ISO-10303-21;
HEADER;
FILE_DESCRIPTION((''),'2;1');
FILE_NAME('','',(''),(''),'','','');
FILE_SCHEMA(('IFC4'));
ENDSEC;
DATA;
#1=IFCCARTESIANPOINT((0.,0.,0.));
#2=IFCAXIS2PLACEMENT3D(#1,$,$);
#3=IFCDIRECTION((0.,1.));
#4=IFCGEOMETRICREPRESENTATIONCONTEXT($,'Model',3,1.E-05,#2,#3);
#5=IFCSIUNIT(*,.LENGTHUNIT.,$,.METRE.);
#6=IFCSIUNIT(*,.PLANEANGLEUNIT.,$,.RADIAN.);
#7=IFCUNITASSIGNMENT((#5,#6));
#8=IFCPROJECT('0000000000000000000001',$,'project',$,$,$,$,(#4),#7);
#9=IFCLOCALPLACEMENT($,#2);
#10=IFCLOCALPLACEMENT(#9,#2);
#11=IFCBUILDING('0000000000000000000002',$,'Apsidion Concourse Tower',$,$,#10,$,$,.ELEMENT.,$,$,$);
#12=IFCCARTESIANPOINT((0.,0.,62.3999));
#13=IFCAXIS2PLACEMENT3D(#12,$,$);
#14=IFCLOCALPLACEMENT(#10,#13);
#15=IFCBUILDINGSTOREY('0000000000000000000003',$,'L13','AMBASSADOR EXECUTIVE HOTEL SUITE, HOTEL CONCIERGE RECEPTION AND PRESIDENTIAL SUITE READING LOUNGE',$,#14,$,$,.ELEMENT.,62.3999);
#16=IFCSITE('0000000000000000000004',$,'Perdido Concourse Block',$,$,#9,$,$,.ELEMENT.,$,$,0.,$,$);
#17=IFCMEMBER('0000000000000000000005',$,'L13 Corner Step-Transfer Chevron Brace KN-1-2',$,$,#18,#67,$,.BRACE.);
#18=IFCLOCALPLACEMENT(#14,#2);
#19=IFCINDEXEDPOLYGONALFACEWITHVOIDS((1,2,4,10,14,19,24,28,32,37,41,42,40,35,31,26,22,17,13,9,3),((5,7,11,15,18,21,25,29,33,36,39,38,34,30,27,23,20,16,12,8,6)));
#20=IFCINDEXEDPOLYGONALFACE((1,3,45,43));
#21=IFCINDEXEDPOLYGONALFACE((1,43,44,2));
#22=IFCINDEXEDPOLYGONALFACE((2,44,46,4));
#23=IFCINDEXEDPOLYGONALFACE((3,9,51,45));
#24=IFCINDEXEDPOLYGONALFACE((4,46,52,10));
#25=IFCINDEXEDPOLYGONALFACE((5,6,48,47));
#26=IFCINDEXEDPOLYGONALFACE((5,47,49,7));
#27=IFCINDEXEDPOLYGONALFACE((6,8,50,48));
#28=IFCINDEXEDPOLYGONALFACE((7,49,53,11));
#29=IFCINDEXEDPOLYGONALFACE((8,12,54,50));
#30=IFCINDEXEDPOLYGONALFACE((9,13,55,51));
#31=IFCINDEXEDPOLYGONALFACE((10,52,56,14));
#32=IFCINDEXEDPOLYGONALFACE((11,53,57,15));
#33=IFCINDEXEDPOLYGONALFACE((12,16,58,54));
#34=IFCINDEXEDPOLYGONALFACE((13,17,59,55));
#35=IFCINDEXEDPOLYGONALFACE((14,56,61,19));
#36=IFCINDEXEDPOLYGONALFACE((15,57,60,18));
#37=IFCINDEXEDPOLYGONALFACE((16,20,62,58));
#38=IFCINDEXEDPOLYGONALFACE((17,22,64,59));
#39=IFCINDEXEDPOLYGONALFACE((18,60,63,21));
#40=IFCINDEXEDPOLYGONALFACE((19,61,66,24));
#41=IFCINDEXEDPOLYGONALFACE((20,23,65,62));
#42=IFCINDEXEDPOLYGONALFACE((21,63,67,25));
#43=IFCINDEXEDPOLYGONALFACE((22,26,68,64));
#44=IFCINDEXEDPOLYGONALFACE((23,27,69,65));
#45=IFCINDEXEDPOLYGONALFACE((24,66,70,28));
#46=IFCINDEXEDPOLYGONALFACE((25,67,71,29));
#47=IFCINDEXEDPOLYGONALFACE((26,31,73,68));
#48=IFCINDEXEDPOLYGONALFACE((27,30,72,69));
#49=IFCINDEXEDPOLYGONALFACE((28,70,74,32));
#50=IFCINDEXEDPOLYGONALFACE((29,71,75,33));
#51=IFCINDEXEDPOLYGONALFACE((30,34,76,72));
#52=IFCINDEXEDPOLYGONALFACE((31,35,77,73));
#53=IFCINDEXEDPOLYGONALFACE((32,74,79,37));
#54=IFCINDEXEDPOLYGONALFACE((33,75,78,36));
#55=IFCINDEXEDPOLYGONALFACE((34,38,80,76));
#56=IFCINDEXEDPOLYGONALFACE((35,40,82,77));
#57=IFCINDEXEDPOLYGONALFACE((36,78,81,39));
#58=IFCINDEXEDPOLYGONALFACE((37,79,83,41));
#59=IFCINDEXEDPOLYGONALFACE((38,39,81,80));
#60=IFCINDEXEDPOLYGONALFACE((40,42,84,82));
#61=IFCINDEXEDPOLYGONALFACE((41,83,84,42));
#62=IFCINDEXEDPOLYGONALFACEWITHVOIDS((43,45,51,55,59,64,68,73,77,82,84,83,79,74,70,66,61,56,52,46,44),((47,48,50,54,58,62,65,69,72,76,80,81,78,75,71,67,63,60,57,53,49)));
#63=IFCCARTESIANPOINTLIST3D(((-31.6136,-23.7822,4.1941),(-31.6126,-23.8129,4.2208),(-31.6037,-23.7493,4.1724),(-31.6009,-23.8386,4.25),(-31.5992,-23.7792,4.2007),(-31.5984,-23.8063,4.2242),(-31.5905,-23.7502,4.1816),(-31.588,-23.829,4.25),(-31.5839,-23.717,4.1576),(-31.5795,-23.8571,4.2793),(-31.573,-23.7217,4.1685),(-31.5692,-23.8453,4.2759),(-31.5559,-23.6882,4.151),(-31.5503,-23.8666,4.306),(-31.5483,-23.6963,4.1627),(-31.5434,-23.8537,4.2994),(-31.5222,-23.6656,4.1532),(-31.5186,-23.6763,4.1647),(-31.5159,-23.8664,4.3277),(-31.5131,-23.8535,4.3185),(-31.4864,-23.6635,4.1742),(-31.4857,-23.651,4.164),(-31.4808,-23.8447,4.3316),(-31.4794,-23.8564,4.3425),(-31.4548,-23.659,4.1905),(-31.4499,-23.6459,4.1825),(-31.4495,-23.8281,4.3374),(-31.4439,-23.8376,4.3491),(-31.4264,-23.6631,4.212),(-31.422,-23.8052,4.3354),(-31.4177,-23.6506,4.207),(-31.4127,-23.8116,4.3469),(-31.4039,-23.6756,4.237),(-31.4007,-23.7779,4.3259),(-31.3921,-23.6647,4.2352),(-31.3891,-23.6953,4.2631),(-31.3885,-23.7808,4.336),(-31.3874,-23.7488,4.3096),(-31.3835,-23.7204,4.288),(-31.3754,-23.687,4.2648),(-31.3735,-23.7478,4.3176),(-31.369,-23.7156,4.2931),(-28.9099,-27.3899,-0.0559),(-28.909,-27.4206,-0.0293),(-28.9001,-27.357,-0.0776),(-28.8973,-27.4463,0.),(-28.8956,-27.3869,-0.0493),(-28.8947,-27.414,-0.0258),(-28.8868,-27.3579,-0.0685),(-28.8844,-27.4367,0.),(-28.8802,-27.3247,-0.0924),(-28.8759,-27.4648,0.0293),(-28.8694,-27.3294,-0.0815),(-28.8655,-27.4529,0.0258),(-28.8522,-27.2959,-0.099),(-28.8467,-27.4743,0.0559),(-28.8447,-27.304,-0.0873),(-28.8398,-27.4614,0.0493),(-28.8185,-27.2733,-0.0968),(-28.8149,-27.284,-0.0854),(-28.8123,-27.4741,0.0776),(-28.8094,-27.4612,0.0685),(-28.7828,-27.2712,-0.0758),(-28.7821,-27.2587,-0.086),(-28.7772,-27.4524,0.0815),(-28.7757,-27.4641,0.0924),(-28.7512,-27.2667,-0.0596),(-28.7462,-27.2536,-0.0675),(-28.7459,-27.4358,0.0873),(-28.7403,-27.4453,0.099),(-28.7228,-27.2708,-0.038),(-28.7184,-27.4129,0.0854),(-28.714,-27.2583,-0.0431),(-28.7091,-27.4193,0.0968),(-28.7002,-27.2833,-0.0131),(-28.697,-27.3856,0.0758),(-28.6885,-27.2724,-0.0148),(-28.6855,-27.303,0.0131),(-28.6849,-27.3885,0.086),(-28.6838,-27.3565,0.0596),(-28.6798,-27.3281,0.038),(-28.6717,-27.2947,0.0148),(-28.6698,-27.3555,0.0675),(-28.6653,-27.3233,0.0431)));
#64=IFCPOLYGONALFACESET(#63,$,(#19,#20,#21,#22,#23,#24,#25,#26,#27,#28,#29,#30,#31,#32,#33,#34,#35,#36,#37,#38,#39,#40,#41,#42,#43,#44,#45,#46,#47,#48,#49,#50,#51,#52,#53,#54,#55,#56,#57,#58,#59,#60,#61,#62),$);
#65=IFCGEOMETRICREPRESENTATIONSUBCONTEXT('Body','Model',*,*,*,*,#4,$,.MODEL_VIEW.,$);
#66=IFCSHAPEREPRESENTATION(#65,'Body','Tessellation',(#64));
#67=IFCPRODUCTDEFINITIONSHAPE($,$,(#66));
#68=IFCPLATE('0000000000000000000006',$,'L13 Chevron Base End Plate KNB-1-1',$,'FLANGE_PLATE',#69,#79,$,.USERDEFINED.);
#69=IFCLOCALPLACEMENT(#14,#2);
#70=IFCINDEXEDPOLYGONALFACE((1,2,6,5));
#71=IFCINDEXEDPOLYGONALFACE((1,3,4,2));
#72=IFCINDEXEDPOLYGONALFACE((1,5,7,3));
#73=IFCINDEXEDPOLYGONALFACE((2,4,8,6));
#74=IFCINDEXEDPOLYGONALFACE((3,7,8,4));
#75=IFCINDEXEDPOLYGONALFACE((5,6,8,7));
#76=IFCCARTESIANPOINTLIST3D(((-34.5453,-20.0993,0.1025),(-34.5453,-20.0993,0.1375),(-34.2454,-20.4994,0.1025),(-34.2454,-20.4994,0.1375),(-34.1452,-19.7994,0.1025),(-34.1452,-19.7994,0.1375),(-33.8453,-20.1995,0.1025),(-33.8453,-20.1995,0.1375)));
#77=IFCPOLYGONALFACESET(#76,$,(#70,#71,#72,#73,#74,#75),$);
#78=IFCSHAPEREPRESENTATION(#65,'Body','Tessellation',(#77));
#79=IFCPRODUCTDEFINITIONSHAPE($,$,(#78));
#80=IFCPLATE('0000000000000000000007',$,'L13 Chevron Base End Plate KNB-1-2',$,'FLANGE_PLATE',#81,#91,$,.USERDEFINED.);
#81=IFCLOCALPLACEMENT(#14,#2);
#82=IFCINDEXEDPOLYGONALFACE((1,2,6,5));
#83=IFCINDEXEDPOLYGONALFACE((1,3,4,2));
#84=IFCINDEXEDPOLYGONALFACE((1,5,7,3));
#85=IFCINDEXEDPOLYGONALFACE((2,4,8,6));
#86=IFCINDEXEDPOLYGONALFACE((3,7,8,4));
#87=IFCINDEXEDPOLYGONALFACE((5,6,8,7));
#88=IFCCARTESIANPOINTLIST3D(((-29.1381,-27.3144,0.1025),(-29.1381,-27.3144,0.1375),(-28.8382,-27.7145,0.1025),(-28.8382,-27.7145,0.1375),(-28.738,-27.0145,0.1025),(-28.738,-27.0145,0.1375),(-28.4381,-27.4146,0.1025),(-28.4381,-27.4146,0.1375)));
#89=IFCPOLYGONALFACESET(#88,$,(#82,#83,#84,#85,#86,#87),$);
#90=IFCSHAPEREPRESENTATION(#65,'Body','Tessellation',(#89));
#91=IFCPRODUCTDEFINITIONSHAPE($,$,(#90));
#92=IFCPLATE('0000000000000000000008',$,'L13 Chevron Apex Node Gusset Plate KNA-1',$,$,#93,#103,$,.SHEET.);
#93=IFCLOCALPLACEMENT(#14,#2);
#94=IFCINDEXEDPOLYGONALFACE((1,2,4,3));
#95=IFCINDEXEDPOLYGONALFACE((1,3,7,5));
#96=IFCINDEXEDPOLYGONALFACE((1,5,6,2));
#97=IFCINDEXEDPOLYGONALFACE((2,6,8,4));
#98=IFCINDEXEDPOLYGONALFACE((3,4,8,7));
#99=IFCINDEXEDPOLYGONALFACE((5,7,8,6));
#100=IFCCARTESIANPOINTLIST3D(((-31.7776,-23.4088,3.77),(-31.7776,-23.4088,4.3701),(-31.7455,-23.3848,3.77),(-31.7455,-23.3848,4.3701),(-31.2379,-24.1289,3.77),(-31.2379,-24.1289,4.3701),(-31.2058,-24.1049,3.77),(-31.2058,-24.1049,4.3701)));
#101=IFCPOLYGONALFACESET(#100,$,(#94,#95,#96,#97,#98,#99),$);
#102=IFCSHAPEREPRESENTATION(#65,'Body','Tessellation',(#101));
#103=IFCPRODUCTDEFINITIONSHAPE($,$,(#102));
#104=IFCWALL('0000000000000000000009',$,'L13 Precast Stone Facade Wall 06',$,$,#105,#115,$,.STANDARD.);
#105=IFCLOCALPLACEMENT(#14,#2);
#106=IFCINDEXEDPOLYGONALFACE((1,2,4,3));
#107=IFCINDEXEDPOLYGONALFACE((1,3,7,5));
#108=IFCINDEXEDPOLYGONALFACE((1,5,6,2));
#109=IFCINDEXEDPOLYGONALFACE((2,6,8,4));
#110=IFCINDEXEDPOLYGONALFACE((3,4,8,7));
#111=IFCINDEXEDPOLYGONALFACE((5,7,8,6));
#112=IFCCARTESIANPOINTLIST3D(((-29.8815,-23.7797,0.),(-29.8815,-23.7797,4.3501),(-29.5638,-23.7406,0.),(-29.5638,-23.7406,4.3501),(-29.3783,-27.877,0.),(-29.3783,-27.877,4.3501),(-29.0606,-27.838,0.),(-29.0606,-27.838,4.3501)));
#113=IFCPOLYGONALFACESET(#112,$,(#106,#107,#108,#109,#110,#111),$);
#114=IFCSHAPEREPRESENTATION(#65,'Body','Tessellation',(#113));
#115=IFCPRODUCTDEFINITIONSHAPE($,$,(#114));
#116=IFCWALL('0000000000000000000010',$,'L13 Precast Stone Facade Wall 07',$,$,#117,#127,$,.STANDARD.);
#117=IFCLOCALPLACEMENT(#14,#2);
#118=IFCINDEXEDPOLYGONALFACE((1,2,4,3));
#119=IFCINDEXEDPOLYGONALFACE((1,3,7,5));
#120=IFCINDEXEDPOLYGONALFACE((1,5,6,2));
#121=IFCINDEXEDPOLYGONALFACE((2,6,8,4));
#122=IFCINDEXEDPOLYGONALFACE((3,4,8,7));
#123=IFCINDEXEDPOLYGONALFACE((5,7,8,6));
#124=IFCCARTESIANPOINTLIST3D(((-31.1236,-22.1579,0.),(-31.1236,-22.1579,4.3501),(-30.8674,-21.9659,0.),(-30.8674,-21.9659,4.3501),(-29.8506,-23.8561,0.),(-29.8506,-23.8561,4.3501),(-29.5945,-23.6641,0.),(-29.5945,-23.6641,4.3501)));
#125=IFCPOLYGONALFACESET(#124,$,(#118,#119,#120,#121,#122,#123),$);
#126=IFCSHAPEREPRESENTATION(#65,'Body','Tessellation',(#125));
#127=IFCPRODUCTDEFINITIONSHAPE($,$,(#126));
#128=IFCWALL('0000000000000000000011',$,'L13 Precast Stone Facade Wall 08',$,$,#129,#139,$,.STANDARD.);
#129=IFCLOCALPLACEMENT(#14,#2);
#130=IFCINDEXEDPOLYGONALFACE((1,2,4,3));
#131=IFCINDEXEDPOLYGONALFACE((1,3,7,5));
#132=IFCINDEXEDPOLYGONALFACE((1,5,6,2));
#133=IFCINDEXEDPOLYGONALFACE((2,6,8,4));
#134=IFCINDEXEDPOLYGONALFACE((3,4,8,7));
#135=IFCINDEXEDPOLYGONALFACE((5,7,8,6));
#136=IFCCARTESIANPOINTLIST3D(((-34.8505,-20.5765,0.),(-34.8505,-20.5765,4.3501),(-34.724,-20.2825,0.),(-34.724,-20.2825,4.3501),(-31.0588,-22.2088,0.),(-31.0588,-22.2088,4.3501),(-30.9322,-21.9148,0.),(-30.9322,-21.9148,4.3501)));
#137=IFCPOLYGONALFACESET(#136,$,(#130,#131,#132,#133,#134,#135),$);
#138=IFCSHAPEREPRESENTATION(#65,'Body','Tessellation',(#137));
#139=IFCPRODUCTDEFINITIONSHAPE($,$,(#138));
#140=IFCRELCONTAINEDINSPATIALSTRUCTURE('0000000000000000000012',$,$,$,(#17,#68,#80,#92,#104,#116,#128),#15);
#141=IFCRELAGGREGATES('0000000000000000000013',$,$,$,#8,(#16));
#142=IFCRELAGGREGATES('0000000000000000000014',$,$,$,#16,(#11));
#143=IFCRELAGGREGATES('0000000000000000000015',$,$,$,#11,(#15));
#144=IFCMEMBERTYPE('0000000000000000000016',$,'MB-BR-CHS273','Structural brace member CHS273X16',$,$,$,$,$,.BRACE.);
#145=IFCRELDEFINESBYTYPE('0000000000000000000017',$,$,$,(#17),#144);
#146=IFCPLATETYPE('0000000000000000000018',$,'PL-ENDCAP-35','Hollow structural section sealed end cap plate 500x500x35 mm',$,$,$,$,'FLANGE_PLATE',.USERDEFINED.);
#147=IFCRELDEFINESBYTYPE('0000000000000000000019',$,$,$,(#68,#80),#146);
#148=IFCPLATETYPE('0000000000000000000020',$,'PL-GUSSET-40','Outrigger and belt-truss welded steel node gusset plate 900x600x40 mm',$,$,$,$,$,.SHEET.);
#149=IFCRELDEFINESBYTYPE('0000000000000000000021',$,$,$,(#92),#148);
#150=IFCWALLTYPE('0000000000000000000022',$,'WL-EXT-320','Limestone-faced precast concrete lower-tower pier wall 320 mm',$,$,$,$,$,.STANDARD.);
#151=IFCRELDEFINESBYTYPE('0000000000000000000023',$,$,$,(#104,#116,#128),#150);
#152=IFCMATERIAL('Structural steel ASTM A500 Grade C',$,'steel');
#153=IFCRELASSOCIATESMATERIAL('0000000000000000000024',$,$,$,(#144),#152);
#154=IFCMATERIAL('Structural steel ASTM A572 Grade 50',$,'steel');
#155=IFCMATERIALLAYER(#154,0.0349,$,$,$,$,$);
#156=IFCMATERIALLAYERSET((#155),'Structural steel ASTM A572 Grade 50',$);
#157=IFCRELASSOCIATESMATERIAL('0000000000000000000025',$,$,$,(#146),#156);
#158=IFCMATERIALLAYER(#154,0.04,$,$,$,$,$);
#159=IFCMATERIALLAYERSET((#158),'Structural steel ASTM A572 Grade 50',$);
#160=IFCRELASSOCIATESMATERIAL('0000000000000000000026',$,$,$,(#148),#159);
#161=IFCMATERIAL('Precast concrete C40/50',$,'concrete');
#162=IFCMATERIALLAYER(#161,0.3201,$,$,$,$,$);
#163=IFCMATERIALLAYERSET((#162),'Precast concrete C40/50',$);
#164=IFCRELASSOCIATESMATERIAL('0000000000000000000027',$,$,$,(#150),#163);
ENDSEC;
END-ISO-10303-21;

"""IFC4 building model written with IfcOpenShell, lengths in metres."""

from ifc_helpers import new_model, si_unit, direction, frame, frame_2d, origin, origin_2d, place, context, subcontext, project, spatial, rectangle, hollow_circle, extrude, material, layer, layer_set, material_profile, profile_set, type_object, element, save


model = new_model("IFC4")

# Units and contexts
model_context = context("Model", 3, precision=1e-05, world=origin(), true_north=direction((0.0, 1.0)))
body_context = subcontext(model_context, "Body", "Model", "MODEL_VIEW")
ifc_project = project(units=[si_unit("LENGTHUNIT", "METRE"), si_unit("PLANEANGLEUNIT", "RADIAN")], contexts=[model_context])

# Site, building, storey
site_placement = place(None, origin())
site = spatial("IfcSite", under=ifc_project, at=site_placement, Name="Perdido Concourse Block", CompositionType="ELEMENT", RefElevation=0.0)
building_placement = place(site_placement, origin())
building = spatial("IfcBuilding", under=site, at=building_placement, Name="Apsidion Concourse Tower", CompositionType="ELEMENT")
storey_placement = place(building_placement, frame((0.0, 0.0, 62.3999)))
storey = spatial("IfcBuildingStorey", under=building, at=storey_placement, Name="L13", Description="AMBASSADOR EXECUTIVE HOTEL SUITE, HOTEL CONCIERGE RECEPTION AND PRESIDENTIAL SUITE READING LOUNGE", CompositionType="ELEMENT", Elevation=62.3999)

# Shared definitions
ifc_material_1 = material(Name="Structural steel ASTM A572 Grade 50", Category="steel")

# Member
ifc_material_2 = material(Name="Structural steel ASTM A500 Grade C", Category="steel")
ifc_material_profile_1 = material_profile(ifc_material_2, hollow_circle(Radius=0.1365, WallThickness=0.0161, at=origin_2d()), Name="CHS273X16")
ifc_profile_set_1 = profile_set([ifc_material_profile_1], Name="Structural steel ASTM A500 Grade C")
member_type = type_object("IfcMemberType", Name="MB-BR-CHS273", Description="Structural brace member CHS273X16", PredefinedType="BRACE", material=ifc_profile_set_1)
member_1_placement = place(storey_placement, frame((-28.7881, -27.3645, 0.0), z_axis=(-0.436366, 0.582281, 0.685954), x_axis=(-0.800227, -0.599697, 0.0)))
element("IfcMember", 1, at=member_1_placement, inside=storey, type_object=member_type, Name="L13 Corner Step-Transfer Chevron Brace KN-1-2", PredefinedType="BRACE", context=body_context, shape_type="SweptSolid", body=[
    extrude(hollow_circle(Radius=0.1365, WallThickness=0.0161, at=origin_2d()), origin(), (0.0, 0.0, 1.0), 6.1958),
])

# Plates
ifc_layer_1 = layer(ifc_material_1, 0.0349)
ifc_layer_set_1 = layer_set([ifc_layer_1], Name="Structural steel ASTM A572 Grade 50")
plate_type_1 = type_object("IfcPlateType", Name="PL-ENDCAP-35", Description="Hollow structural section sealed end cap plate 500x500x35 mm", ElementType="FLANGE_PLATE", PredefinedType="USERDEFINED", material=ifc_layer_set_1)
for number, where, z_axis, x_axis, name in (
    (2, (-34.1953, -20.1494, 0.1025), (0.0, 0.0, 1.0), (-0.599722, 0.800208, 0.0), "L13 Chevron Base End Plate KNB-1-1"),
    (3, (-28.7881, -27.3645, 0.1025), (0.0, 0.0, 1.0), (-0.599722, 0.800208, 0.0), "L13 Chevron Base End Plate KNB-1-2"),
):
    element("IfcPlate", number, at=place(storey_placement, frame(where, z_axis=z_axis, x_axis=x_axis)), inside=storey, type_object=plate_type_1, Name=name, ObjectType="FLANGE_PLATE", PredefinedType="USERDEFINED", context=body_context, shape_type="SweptSolid", body=[
        extrude(rectangle(XDim=0.5, YDim=0.5, at=origin_2d()), origin(), (0.0, 0.0, 1.0), 0.0349),
    ])
ifc_layer_2 = layer(ifc_material_1, 0.04)
ifc_layer_set_2 = layer_set([ifc_layer_2], Name="Structural steel ASTM A572 Grade 50")
plate_type_2 = type_object("IfcPlateType", Name="PL-GUSSET-40", Description="Outrigger and belt-truss welded steel node gusset plate 900x600x40 mm", PredefinedType="SHEET", material=ifc_layer_set_2)
plate_placement = place(storey_placement, frame((-31.4917, -23.7568, 3.77), z_axis=(0.0, 0.0, 1.0), x_axis=(-0.599722, 0.800208, 0.0)))
element("IfcPlate", 4, at=plate_placement, inside=storey, type_object=plate_type_2, Name="L13 Chevron Apex Node Gusset Plate KNA-1", PredefinedType="SHEET", context=body_context, shape_type="SweptSolid", body=[
    extrude(rectangle(XDim=0.8999, YDim=0.04, at=origin_2d()), origin(), (0.0, 0.0, 1.0), 0.6001),
])

# Walls
ifc_material_3 = material(Name="Precast concrete C40/50", Category="concrete")
ifc_layer_3 = layer(ifc_material_3, 0.3201)
ifc_layer_set_3 = layer_set([ifc_layer_3], Name="Precast concrete C40/50")
wall_type_1 = type_object("IfcWallType", Name="WL-EXT-320", Description="Limestone-faced precast concrete lower-tower pier wall 320 mm", PredefinedType="STANDARD", material=ifc_layer_set_3)
wall_1_placement = place(storey_placement, frame((-29.2195, -27.8574, 0.0), z_axis=(0.0, 0.0, 1.0), x_axis=(-0.121887, 0.992544, 0.0)))
element("IfcWall", 5, at=wall_1_placement, inside=storey, type_object=wall_type_1, Name="L13 Precast Stone Facade Wall 06", PredefinedType="STANDARD", context=body_context, shape_type="SweptSolid", body=[
    extrude(rectangle(XDim=4.1282, YDim=0.3201, at=frame_2d((2.064, 0.0))), origin(), (0.0, 0.0, 1.0), 4.3501),
])
wall_2_placement = place(storey_placement, frame((-29.7227, -23.76, 0.0), z_axis=(0.0, 0.0, 1.0), x_axis=(-0.599779, 0.800166, 0.0)))
element("IfcWall", 6, at=wall_2_placement, inside=storey, type_object=wall_type_1, Name="L13 Precast Stone Facade Wall 07", PredefinedType="STANDARD", context=body_context, shape_type="SweptSolid", body=[
    extrude(rectangle(XDim=2.1223, YDim=0.3201, at=frame_2d((1.061, 0.0))), origin(), (0.0, 0.0, 1.0), 4.3501),
])
wall_3_placement = place(storey_placement, frame((-30.9956, -22.0618, 0.0), z_axis=(0.0, 0.0, 1.0), x_axis=(-0.918504, 0.395411, 0.0)))
element("IfcWall", 7, at=wall_3_placement, inside=storey, type_object=wall_type_1, Name="L13 Precast Stone Facade Wall 08", PredefinedType="STANDARD", context=body_context, shape_type="SweptSolid", body=[
    extrude(rectangle(XDim=4.1282, YDim=0.3201, at=frame_2d((2.064, 0.0))), origin(), (0.0, 0.0, 1.0), 4.3501),
])

save(model, "model.ifc")
